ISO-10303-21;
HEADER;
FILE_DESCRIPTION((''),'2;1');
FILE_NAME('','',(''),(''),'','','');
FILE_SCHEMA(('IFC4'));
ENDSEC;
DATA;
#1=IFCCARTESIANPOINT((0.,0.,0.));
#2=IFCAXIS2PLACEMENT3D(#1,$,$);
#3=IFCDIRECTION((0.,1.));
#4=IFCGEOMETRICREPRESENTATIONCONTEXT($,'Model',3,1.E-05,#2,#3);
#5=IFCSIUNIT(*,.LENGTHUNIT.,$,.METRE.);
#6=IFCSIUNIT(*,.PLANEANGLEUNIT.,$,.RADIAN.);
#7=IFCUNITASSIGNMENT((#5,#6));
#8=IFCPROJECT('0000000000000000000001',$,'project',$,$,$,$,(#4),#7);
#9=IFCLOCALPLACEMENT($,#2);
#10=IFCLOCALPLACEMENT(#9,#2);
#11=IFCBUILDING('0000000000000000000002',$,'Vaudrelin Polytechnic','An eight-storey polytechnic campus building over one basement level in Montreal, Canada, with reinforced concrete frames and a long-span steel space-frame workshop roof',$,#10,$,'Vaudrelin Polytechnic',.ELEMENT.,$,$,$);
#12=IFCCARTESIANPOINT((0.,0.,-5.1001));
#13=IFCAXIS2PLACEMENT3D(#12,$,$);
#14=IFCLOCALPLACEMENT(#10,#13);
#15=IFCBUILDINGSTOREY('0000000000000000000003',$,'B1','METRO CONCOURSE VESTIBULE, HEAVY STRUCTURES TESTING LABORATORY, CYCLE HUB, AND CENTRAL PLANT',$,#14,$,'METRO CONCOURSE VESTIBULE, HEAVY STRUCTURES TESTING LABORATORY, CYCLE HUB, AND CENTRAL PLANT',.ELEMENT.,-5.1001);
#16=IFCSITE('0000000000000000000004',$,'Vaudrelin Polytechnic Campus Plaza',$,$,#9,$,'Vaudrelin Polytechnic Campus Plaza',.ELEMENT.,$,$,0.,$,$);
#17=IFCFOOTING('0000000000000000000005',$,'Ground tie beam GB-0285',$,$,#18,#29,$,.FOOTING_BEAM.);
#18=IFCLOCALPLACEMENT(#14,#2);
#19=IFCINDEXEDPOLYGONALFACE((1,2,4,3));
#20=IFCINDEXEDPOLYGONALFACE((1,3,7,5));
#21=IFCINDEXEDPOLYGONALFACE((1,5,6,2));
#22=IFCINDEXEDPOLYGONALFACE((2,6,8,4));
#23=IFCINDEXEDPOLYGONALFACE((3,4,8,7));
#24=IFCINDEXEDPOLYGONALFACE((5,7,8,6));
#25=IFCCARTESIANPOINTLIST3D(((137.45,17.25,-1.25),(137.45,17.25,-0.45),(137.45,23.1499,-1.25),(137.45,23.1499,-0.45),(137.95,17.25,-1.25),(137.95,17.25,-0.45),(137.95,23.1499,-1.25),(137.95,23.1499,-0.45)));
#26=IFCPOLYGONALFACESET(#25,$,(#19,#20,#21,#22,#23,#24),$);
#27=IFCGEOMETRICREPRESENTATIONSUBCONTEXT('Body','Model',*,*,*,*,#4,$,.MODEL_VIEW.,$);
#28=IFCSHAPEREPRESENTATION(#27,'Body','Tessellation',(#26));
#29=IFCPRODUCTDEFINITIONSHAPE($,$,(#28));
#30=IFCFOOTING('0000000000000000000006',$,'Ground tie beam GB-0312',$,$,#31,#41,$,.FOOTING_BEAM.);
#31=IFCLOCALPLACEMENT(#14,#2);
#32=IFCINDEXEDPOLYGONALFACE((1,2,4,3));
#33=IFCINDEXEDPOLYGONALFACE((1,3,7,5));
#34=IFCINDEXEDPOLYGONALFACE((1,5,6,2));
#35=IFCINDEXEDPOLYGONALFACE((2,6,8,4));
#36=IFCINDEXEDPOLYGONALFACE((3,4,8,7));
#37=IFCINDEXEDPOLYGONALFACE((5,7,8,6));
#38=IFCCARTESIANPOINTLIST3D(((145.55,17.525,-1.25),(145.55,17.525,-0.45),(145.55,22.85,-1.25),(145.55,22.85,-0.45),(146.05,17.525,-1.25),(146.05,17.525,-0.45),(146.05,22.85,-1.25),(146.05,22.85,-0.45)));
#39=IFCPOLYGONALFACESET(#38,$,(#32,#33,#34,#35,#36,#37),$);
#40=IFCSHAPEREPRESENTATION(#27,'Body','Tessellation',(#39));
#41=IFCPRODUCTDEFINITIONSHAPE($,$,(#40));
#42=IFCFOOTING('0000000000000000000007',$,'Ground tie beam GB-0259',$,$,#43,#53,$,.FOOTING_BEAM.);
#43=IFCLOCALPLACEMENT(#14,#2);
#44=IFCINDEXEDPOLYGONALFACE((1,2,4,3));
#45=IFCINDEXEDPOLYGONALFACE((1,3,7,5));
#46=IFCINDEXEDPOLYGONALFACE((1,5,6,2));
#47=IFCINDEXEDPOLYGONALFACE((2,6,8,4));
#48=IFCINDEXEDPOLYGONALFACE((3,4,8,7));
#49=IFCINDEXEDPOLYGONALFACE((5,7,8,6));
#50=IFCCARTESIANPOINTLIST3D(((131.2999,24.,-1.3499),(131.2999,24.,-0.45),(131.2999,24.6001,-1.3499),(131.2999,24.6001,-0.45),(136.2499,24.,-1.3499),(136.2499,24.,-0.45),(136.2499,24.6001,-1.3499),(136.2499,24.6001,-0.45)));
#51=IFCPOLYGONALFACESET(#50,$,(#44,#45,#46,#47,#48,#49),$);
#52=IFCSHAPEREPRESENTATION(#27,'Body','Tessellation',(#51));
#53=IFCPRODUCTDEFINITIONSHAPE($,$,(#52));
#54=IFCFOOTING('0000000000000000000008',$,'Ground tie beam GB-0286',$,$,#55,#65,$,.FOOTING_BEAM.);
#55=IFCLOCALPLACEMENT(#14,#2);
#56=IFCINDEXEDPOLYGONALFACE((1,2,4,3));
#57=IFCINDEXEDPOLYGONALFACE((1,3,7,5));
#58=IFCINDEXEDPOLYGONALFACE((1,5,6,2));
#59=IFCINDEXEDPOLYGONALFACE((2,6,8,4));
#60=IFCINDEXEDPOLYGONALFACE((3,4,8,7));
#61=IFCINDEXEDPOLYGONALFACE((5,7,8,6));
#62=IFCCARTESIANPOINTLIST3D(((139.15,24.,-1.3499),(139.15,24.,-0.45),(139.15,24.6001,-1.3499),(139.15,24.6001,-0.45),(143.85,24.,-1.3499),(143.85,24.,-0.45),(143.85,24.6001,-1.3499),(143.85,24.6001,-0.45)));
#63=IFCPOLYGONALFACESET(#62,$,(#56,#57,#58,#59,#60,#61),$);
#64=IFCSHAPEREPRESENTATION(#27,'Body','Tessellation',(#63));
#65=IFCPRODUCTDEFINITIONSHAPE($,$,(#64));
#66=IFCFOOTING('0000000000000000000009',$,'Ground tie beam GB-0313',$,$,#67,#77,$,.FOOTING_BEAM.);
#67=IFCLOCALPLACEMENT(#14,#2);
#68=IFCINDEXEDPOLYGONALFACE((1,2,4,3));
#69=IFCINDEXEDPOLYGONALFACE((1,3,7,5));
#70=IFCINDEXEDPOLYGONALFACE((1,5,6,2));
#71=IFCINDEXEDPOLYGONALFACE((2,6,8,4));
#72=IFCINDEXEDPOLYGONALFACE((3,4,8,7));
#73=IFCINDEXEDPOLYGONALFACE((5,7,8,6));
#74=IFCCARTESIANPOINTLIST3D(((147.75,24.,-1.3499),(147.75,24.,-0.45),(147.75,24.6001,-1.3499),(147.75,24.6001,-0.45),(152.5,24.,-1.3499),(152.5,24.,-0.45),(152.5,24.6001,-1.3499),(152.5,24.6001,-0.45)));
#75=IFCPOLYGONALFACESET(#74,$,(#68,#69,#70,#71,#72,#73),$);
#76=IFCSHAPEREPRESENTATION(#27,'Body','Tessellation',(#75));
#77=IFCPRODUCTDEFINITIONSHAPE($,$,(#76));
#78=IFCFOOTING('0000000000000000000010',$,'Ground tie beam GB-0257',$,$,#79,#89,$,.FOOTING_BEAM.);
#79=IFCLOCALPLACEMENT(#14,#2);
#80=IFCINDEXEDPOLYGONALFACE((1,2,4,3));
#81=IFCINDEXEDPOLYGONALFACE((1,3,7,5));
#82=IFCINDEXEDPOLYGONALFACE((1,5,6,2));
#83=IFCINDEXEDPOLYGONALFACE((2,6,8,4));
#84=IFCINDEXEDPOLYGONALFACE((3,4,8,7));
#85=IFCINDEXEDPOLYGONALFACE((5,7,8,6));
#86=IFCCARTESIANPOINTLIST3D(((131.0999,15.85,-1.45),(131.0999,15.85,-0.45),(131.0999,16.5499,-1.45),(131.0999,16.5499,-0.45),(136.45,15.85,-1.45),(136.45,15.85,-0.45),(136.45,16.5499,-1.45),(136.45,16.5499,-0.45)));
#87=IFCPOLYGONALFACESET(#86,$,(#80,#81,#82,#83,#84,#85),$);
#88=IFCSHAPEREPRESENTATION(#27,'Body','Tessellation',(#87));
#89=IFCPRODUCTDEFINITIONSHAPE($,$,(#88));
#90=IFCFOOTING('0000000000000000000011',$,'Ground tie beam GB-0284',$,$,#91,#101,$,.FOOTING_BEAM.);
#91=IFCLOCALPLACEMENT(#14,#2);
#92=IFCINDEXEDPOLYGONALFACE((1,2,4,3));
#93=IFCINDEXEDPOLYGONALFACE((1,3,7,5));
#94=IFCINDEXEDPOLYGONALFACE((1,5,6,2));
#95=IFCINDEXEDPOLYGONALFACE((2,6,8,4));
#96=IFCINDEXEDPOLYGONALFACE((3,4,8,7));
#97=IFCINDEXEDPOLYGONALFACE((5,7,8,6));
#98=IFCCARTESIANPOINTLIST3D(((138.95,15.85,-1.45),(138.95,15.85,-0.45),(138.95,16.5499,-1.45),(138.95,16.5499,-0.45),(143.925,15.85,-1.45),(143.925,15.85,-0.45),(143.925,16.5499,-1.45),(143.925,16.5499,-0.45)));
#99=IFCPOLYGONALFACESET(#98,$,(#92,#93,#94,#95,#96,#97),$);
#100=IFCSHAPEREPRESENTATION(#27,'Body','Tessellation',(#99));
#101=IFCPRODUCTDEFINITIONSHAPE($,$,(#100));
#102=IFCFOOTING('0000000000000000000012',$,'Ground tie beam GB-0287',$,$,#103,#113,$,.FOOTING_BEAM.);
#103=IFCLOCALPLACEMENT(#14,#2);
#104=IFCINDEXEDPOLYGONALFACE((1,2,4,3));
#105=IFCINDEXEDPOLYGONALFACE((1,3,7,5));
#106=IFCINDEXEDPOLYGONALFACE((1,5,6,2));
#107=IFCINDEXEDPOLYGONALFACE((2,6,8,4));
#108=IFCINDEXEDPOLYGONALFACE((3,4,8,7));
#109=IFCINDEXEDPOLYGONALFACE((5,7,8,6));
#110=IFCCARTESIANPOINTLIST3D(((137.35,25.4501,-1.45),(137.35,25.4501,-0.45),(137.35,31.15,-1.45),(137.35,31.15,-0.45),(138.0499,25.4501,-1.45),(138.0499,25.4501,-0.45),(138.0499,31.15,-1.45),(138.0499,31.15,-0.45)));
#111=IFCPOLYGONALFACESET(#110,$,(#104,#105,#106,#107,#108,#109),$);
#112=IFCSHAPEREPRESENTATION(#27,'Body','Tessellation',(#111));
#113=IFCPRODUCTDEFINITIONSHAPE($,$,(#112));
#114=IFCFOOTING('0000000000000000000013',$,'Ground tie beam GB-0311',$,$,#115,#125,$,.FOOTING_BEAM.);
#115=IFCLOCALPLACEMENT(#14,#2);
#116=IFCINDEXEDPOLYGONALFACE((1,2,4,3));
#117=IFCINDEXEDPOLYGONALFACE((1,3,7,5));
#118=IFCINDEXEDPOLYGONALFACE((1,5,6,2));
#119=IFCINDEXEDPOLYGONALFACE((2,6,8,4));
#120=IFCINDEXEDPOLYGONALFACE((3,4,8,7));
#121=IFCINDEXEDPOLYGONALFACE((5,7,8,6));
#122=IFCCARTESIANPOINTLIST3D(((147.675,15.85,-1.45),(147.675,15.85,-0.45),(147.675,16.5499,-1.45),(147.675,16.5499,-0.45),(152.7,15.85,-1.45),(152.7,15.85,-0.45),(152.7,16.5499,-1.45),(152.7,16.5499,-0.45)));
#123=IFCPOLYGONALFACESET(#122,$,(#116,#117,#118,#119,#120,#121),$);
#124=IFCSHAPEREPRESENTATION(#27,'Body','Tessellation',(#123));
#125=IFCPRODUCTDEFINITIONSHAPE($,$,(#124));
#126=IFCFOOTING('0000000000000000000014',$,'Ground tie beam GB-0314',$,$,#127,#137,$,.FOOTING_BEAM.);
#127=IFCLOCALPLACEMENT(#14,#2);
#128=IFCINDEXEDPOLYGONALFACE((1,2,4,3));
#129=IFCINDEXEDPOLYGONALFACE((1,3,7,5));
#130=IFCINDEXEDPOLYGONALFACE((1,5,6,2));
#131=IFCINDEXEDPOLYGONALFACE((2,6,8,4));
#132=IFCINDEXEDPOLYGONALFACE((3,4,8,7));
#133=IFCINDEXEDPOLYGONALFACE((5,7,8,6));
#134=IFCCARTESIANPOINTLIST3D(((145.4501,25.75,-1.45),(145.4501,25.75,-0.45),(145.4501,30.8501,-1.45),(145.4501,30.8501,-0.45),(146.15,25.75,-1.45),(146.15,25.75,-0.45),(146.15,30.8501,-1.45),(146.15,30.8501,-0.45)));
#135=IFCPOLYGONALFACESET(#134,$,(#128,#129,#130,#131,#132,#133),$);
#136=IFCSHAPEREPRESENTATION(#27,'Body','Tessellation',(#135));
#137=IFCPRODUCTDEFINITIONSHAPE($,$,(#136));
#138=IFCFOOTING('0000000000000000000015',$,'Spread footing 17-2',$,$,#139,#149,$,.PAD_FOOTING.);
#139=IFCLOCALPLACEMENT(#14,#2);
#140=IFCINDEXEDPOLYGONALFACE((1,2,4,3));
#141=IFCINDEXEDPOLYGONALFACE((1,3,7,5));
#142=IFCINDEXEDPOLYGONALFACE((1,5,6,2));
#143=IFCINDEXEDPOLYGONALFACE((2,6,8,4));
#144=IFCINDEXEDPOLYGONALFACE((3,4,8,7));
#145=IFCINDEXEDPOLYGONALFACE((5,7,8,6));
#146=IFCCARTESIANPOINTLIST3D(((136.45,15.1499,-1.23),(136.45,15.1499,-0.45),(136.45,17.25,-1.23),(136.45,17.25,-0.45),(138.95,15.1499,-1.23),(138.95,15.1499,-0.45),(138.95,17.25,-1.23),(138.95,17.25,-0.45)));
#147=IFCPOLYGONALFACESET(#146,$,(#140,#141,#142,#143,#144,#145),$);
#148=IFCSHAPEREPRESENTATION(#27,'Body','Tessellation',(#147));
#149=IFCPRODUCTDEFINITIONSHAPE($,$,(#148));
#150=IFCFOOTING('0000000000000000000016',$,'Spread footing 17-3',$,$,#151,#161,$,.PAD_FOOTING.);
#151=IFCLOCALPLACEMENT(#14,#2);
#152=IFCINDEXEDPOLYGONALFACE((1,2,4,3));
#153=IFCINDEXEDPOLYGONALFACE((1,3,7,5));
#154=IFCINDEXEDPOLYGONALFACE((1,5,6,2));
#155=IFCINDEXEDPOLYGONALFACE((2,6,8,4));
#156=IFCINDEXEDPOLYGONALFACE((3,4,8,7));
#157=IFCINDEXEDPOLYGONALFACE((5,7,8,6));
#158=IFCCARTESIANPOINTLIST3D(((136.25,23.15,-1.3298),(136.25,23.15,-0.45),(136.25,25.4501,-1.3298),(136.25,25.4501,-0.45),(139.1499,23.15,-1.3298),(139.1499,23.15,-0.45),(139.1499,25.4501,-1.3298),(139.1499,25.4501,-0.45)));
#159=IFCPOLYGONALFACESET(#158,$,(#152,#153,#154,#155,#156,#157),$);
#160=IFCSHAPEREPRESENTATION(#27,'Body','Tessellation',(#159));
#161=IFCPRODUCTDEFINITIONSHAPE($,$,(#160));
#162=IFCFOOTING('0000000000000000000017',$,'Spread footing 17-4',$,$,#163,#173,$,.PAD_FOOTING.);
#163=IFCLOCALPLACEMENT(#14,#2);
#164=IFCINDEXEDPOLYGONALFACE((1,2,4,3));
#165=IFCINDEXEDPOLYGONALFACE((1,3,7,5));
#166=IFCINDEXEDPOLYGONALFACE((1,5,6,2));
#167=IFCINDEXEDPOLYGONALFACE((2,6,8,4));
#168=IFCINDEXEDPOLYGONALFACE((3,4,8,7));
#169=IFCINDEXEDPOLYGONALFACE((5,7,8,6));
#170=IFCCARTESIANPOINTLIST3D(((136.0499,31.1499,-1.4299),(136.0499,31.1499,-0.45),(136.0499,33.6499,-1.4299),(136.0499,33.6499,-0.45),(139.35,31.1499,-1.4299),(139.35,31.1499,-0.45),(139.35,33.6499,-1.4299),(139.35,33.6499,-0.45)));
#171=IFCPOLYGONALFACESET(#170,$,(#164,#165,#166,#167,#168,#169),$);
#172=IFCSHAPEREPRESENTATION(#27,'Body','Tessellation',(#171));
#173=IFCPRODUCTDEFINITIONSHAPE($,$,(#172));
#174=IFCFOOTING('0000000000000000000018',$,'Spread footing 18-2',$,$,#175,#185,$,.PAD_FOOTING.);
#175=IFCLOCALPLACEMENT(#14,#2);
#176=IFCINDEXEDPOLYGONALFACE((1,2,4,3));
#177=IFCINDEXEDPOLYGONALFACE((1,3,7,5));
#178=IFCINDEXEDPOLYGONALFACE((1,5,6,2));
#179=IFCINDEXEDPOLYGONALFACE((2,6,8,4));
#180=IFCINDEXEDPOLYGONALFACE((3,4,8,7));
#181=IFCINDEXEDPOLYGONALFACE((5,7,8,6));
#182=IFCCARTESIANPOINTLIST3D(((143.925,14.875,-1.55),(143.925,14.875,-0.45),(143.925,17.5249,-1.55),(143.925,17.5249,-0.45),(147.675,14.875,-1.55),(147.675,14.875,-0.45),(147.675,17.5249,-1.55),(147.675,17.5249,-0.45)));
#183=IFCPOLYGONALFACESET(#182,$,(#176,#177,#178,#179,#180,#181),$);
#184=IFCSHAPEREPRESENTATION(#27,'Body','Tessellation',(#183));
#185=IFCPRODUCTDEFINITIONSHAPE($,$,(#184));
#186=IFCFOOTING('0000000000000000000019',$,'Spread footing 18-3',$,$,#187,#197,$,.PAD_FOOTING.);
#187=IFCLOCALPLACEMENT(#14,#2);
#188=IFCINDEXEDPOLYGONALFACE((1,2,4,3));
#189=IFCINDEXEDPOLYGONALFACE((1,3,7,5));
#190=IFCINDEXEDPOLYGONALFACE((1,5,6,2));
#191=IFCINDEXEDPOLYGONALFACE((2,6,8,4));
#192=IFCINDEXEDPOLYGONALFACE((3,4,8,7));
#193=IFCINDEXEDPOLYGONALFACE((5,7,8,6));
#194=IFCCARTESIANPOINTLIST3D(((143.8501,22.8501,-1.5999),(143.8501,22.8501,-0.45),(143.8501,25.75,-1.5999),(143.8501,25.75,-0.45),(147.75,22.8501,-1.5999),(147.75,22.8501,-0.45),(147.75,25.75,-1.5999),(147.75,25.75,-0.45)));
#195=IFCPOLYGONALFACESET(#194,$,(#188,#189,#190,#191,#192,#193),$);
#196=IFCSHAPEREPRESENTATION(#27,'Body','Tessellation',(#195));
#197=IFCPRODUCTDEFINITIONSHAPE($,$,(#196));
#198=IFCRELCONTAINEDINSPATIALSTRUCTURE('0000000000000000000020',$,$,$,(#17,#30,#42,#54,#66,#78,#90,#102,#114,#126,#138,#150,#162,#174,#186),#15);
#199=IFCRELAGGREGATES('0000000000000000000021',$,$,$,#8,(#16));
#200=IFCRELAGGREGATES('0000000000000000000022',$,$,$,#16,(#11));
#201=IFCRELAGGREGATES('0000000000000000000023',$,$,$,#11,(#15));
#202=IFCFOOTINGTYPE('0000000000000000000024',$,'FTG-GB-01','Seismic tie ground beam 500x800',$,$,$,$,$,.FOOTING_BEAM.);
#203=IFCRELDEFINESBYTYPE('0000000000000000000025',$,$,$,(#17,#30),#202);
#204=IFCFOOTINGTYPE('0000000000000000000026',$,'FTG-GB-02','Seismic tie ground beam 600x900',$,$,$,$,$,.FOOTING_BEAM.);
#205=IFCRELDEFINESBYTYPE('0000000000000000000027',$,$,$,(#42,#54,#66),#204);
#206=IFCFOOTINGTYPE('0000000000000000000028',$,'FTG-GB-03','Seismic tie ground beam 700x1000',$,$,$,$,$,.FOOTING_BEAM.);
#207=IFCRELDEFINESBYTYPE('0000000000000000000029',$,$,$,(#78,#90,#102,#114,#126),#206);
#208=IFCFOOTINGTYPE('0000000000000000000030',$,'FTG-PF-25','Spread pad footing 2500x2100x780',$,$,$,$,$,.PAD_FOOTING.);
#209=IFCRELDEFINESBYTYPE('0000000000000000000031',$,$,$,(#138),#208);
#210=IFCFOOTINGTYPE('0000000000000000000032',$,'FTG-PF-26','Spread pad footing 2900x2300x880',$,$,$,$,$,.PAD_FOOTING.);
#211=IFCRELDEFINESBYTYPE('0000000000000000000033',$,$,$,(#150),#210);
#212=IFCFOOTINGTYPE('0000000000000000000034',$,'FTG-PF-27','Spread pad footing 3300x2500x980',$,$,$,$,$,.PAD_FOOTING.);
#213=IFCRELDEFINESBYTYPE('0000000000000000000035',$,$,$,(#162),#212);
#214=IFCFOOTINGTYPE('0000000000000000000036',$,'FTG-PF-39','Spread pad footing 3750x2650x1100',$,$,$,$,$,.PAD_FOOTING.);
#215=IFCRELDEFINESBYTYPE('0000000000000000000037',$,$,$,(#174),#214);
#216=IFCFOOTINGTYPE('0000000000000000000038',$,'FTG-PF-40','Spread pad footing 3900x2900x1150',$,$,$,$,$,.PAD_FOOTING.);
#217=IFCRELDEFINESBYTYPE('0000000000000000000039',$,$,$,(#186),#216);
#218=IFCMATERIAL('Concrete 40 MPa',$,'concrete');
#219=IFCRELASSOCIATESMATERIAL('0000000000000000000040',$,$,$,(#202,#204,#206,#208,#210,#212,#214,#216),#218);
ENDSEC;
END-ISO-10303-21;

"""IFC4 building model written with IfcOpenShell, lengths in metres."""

from ifc_helpers import new_model, si_unit, direction, frame, origin, origin_2d, place, context, subcontext, project, spatial, rectangle, extrude, material, type_object, element, save


model = new_model("IFC4")

# Units and contexts
model_context = context("Model", 3, precision=1e-05, world=origin(), true_north=direction((0.0, 1.0)))
body_context = subcontext(model_context, "Body", "Model", "MODEL_VIEW")
ifc_project = project(units=[si_unit("LENGTHUNIT", "METRE"), si_unit("PLANEANGLEUNIT", "RADIAN")], contexts=[model_context])

# Site, building, storey
site_placement = place(None, origin())
site = spatial("IfcSite", under=ifc_project, at=site_placement, Name="Vaudrelin Polytechnic Campus Plaza", LongName="Vaudrelin Polytechnic Campus Plaza", CompositionType="ELEMENT", RefElevation=0.0)
building_placement = place(site_placement, origin())
building = spatial("IfcBuilding", under=site, at=building_placement, Name="Vaudrelin Polytechnic", Description="An eight-storey polytechnic campus building over one basement level in Montreal, Canada, with reinforced concrete frames and a long-span steel space-frame workshop roof", LongName="Vaudrelin Polytechnic", CompositionType="ELEMENT")
storey_placement = place(building_placement, frame((0.0, 0.0, -5.1001)))
storey = spatial("IfcBuildingStorey", under=building, at=storey_placement, Name="B1", Description="METRO CONCOURSE VESTIBULE, HEAVY STRUCTURES TESTING LABORATORY, CYCLE HUB, AND CENTRAL PLANT", LongName="METRO CONCOURSE VESTIBULE, HEAVY STRUCTURES TESTING LABORATORY, CYCLE HUB, AND CENTRAL PLANT", CompositionType="ELEMENT", Elevation=-5.1001)

# Footings
ifc_material_1 = material(Name="Concrete 40 MPa", Category="concrete")
footing_type_1 = type_object("IfcFootingType", Name="FTG-GB-01", Description="Seismic tie ground beam 500x800", PredefinedType="FOOTING_BEAM", material=ifc_material_1)
footing_1_placement = place(storey_placement, frame((137.7, 20.2, -1.25), z_axis=(0.0, 0.0, 1.0), x_axis=(1.0, 0.0, 0.0)))
element("IfcFooting", 1, at=footing_1_placement, inside=storey, type_object=footing_type_1, Name="Ground tie beam GB-0285", PredefinedType="FOOTING_BEAM", context=body_context, shape_type="SweptSolid", body=[
    extrude(rectangle(XDim=0.5, YDim=5.8999, at=origin_2d()), origin(), (0.0, 0.0, 1.0), 0.8),
])
footing_2_placement = place(storey_placement, frame((145.8, 20.1875, -1.25), z_axis=(0.0, 0.0, 1.0), x_axis=(1.0, 0.0, 0.0)))
element("IfcFooting", 2, at=footing_2_placement, inside=storey, type_object=footing_type_1, Name="Ground tie beam GB-0312", PredefinedType="FOOTING_BEAM", context=body_context, shape_type="SweptSolid", body=[
    extrude(rectangle(XDim=0.5, YDim=5.325, at=origin_2d()), origin(), (0.0, 0.0, 1.0), 0.8),
])
footing_type_2 = type_object("IfcFootingType", Name="FTG-GB-02", Description="Seismic tie ground beam 600x900", PredefinedType="FOOTING_BEAM", material=ifc_material_1)
footing_3_placement = place(storey_placement, frame((133.7749, 24.3, -1.3499), z_axis=(0.0, 0.0, 1.0), x_axis=(1.0, 0.0, 0.0)))
element("IfcFooting", 3, at=footing_3_placement, inside=storey, type_object=footing_type_2, Name="Ground tie beam GB-0259", PredefinedType="FOOTING_BEAM", context=body_context, shape_type="SweptSolid", body=[
    extrude(rectangle(XDim=4.95, YDim=0.6001, at=origin_2d()), origin(), (0.0, 0.0, 1.0), 0.8999),
])
footing_4_placement = place(storey_placement, frame((141.5, 24.3, -1.3499), z_axis=(0.0, 0.0, 1.0), x_axis=(1.0, 0.0, 0.0)))
element("IfcFooting", 4, at=footing_4_placement, inside=storey, type_object=footing_type_2, Name="Ground tie beam GB-0286", PredefinedType="FOOTING_BEAM", context=body_context, shape_type="SweptSolid", body=[
    extrude(rectangle(XDim=4.7, YDim=0.6001, at=origin_2d()), origin(), (0.0, 0.0, 1.0), 0.8999),
])
footing_5_placement = place(storey_placement, frame((150.125, 24.3, -1.3499), z_axis=(0.0, 0.0, 1.0), x_axis=(1.0, 0.0, 0.0)))
element("IfcFooting", 5, at=footing_5_placement, inside=storey, type_object=footing_type_2, Name="Ground tie beam GB-0313", PredefinedType="FOOTING_BEAM", context=body_context, shape_type="SweptSolid", body=[
    extrude(rectangle(XDim=4.75, YDim=0.6001, at=origin_2d()), origin(), (0.0, 0.0, 1.0), 0.8999),
])
footing_type_3 = type_object("IfcFootingType", Name="FTG-GB-03", Description="Seismic tie ground beam 700x1000", PredefinedType="FOOTING_BEAM", material=ifc_material_1)
footing_6_placement = place(storey_placement, frame((133.7749, 16.2, -1.45), z_axis=(0.0, 0.0, 1.0), x_axis=(1.0, 0.0, 0.0)))
element("IfcFooting", 6, at=footing_6_placement, inside=storey, type_object=footing_type_3, Name="Ground tie beam GB-0257", PredefinedType="FOOTING_BEAM", context=body_context, shape_type="SweptSolid", body=[
    extrude(rectangle(XDim=5.3501, YDim=0.7, at=origin_2d()), origin(), (0.0, 0.0, 1.0), 1.0),
])
footing_7_placement = place(storey_placement, frame((141.4375, 16.2, -1.45), z_axis=(0.0, 0.0, 1.0), x_axis=(1.0, 0.0, 0.0)))
element("IfcFooting", 7, at=footing_7_placement, inside=storey, type_object=footing_type_3, Name="Ground tie beam GB-0284", PredefinedType="FOOTING_BEAM", context=body_context, shape_type="SweptSolid", body=[
    extrude(rectangle(XDim=4.9751, YDim=0.7, at=origin_2d()), origin(), (0.0, 0.0, 1.0), 1.0),
])
footing_8_placement = place(storey_placement, frame((137.7, 28.3, -1.45), z_axis=(0.0, 0.0, 1.0), x_axis=(1.0, 0.0, 0.0)))
element("IfcFooting", 8, at=footing_8_placement, inside=storey, type_object=footing_type_3, Name="Ground tie beam GB-0287", PredefinedType="FOOTING_BEAM", context=body_context, shape_type="SweptSolid", body=[
    extrude(rectangle(XDim=0.7, YDim=5.7, at=origin_2d()), origin(), (0.0, 0.0, 1.0), 1.0),
])
footing_9_placement = place(storey_placement, frame((150.1875, 16.2, -1.45), z_axis=(0.0, 0.0, 1.0), x_axis=(1.0, 0.0, 0.0)))
element("IfcFooting", 9, at=footing_9_placement, inside=storey, type_object=footing_type_3, Name="Ground tie beam GB-0311", PredefinedType="FOOTING_BEAM", context=body_context, shape_type="SweptSolid", body=[
    extrude(rectangle(XDim=5.0249, YDim=0.7, at=origin_2d()), origin(), (0.0, 0.0, 1.0), 1.0),
])
footing_10_placement = place(storey_placement, frame((145.8, 28.3, -1.45), z_axis=(0.0, 0.0, 1.0), x_axis=(1.0, 0.0, 0.0)))
element("IfcFooting", 10, at=footing_10_placement, inside=storey, type_object=footing_type_3, Name="Ground tie beam GB-0314", PredefinedType="FOOTING_BEAM", context=body_context, shape_type="SweptSolid", body=[
    extrude(rectangle(XDim=0.7, YDim=5.1001, at=origin_2d()), origin(), (0.0, 0.0, 1.0), 1.0),
])
footing_type_4 = type_object("IfcFootingType", Name="FTG-PF-25", Description="Spread pad footing 2500x2100x780", PredefinedType="PAD_FOOTING", material=ifc_material_1)
footing_11_placement = place(storey_placement, frame((137.7, 16.2, -1.23), z_axis=(0.0, 0.0, 1.0), x_axis=(1.0, 0.0, 0.0)))
element("IfcFooting", 11, at=footing_11_placement, inside=storey, type_object=footing_type_4, Name="Spread footing 17-2", PredefinedType="PAD_FOOTING", context=body_context, shape_type="SweptSolid", body=[
    extrude(rectangle(XDim=2.5, YDim=2.1001, at=origin_2d()), origin(), (0.0, 0.0, 1.0), 0.78),
])
footing_type_5 = type_object("IfcFootingType", Name="FTG-PF-26", Description="Spread pad footing 2900x2300x880", PredefinedType="PAD_FOOTING", material=ifc_material_1)
footing_12_placement = place(storey_placement, frame((137.7, 24.3, -1.3298), z_axis=(0.0, 0.0, 1.0), x_axis=(1.0, 0.0, 0.0)))
element("IfcFooting", 12, at=footing_12_placement, inside=storey, type_object=footing_type_5, Name="Spread footing 17-3", PredefinedType="PAD_FOOTING", context=body_context, shape_type="SweptSolid", body=[
    extrude(rectangle(XDim=2.8999, YDim=2.3, at=origin_2d()), origin(), (0.0, 0.0, 1.0), 0.8799),
])
footing_type_6 = type_object("IfcFootingType", Name="FTG-PF-27", Description="Spread pad footing 3300x2500x980", PredefinedType="PAD_FOOTING", material=ifc_material_1)
footing_13_placement = place(storey_placement, frame((137.7, 32.3999, -1.4299), z_axis=(0.0, 0.0, 1.0), x_axis=(1.0, 0.0, 0.0)))
element("IfcFooting", 13, at=footing_13_placement, inside=storey, type_object=footing_type_6, Name="Spread footing 17-4", PredefinedType="PAD_FOOTING", context=body_context, shape_type="SweptSolid", body=[
    extrude(rectangle(XDim=3.3, YDim=2.5, at=origin_2d()), origin(), (0.0, 0.0, 1.0), 0.98),
])
footing_type_7 = type_object("IfcFootingType", Name="FTG-PF-39", Description="Spread pad footing 3750x2650x1100", PredefinedType="PAD_FOOTING", material=ifc_material_1)
footing_14_placement = place(storey_placement, frame((145.8, 16.2, -1.55), z_axis=(0.0, 0.0, 1.0), x_axis=(1.0, 0.0, 0.0)))
element("IfcFooting", 14, at=footing_14_placement, inside=storey, type_object=footing_type_7, Name="Spread footing 18-2", PredefinedType="PAD_FOOTING", context=body_context, shape_type="SweptSolid", body=[
    extrude(rectangle(XDim=3.75, YDim=2.6499, at=origin_2d()), origin(), (0.0, 0.0, 1.0), 1.1001),
])
footing_type_8 = type_object("IfcFootingType", Name="FTG-PF-40", Description="Spread pad footing 3900x2900x1150", PredefinedType="PAD_FOOTING", material=ifc_material_1)
footing_15_placement = place(storey_placement, frame((145.8, 24.3, -1.5999), z_axis=(0.0, 0.0, 1.0), x_axis=(1.0, 0.0, 0.0)))
element("IfcFooting", 15, at=footing_15_placement, inside=storey, type_object=footing_type_8, Name="Spread footing 18-3", PredefinedType="PAD_FOOTING", context=body_context, shape_type="SweptSolid", body=[
    extrude(rectangle(XDim=3.8999, YDim=2.8999, at=origin_2d()), origin(), (0.0, 0.0, 1.0), 1.1499),
])

save(model, "model.ifc")
